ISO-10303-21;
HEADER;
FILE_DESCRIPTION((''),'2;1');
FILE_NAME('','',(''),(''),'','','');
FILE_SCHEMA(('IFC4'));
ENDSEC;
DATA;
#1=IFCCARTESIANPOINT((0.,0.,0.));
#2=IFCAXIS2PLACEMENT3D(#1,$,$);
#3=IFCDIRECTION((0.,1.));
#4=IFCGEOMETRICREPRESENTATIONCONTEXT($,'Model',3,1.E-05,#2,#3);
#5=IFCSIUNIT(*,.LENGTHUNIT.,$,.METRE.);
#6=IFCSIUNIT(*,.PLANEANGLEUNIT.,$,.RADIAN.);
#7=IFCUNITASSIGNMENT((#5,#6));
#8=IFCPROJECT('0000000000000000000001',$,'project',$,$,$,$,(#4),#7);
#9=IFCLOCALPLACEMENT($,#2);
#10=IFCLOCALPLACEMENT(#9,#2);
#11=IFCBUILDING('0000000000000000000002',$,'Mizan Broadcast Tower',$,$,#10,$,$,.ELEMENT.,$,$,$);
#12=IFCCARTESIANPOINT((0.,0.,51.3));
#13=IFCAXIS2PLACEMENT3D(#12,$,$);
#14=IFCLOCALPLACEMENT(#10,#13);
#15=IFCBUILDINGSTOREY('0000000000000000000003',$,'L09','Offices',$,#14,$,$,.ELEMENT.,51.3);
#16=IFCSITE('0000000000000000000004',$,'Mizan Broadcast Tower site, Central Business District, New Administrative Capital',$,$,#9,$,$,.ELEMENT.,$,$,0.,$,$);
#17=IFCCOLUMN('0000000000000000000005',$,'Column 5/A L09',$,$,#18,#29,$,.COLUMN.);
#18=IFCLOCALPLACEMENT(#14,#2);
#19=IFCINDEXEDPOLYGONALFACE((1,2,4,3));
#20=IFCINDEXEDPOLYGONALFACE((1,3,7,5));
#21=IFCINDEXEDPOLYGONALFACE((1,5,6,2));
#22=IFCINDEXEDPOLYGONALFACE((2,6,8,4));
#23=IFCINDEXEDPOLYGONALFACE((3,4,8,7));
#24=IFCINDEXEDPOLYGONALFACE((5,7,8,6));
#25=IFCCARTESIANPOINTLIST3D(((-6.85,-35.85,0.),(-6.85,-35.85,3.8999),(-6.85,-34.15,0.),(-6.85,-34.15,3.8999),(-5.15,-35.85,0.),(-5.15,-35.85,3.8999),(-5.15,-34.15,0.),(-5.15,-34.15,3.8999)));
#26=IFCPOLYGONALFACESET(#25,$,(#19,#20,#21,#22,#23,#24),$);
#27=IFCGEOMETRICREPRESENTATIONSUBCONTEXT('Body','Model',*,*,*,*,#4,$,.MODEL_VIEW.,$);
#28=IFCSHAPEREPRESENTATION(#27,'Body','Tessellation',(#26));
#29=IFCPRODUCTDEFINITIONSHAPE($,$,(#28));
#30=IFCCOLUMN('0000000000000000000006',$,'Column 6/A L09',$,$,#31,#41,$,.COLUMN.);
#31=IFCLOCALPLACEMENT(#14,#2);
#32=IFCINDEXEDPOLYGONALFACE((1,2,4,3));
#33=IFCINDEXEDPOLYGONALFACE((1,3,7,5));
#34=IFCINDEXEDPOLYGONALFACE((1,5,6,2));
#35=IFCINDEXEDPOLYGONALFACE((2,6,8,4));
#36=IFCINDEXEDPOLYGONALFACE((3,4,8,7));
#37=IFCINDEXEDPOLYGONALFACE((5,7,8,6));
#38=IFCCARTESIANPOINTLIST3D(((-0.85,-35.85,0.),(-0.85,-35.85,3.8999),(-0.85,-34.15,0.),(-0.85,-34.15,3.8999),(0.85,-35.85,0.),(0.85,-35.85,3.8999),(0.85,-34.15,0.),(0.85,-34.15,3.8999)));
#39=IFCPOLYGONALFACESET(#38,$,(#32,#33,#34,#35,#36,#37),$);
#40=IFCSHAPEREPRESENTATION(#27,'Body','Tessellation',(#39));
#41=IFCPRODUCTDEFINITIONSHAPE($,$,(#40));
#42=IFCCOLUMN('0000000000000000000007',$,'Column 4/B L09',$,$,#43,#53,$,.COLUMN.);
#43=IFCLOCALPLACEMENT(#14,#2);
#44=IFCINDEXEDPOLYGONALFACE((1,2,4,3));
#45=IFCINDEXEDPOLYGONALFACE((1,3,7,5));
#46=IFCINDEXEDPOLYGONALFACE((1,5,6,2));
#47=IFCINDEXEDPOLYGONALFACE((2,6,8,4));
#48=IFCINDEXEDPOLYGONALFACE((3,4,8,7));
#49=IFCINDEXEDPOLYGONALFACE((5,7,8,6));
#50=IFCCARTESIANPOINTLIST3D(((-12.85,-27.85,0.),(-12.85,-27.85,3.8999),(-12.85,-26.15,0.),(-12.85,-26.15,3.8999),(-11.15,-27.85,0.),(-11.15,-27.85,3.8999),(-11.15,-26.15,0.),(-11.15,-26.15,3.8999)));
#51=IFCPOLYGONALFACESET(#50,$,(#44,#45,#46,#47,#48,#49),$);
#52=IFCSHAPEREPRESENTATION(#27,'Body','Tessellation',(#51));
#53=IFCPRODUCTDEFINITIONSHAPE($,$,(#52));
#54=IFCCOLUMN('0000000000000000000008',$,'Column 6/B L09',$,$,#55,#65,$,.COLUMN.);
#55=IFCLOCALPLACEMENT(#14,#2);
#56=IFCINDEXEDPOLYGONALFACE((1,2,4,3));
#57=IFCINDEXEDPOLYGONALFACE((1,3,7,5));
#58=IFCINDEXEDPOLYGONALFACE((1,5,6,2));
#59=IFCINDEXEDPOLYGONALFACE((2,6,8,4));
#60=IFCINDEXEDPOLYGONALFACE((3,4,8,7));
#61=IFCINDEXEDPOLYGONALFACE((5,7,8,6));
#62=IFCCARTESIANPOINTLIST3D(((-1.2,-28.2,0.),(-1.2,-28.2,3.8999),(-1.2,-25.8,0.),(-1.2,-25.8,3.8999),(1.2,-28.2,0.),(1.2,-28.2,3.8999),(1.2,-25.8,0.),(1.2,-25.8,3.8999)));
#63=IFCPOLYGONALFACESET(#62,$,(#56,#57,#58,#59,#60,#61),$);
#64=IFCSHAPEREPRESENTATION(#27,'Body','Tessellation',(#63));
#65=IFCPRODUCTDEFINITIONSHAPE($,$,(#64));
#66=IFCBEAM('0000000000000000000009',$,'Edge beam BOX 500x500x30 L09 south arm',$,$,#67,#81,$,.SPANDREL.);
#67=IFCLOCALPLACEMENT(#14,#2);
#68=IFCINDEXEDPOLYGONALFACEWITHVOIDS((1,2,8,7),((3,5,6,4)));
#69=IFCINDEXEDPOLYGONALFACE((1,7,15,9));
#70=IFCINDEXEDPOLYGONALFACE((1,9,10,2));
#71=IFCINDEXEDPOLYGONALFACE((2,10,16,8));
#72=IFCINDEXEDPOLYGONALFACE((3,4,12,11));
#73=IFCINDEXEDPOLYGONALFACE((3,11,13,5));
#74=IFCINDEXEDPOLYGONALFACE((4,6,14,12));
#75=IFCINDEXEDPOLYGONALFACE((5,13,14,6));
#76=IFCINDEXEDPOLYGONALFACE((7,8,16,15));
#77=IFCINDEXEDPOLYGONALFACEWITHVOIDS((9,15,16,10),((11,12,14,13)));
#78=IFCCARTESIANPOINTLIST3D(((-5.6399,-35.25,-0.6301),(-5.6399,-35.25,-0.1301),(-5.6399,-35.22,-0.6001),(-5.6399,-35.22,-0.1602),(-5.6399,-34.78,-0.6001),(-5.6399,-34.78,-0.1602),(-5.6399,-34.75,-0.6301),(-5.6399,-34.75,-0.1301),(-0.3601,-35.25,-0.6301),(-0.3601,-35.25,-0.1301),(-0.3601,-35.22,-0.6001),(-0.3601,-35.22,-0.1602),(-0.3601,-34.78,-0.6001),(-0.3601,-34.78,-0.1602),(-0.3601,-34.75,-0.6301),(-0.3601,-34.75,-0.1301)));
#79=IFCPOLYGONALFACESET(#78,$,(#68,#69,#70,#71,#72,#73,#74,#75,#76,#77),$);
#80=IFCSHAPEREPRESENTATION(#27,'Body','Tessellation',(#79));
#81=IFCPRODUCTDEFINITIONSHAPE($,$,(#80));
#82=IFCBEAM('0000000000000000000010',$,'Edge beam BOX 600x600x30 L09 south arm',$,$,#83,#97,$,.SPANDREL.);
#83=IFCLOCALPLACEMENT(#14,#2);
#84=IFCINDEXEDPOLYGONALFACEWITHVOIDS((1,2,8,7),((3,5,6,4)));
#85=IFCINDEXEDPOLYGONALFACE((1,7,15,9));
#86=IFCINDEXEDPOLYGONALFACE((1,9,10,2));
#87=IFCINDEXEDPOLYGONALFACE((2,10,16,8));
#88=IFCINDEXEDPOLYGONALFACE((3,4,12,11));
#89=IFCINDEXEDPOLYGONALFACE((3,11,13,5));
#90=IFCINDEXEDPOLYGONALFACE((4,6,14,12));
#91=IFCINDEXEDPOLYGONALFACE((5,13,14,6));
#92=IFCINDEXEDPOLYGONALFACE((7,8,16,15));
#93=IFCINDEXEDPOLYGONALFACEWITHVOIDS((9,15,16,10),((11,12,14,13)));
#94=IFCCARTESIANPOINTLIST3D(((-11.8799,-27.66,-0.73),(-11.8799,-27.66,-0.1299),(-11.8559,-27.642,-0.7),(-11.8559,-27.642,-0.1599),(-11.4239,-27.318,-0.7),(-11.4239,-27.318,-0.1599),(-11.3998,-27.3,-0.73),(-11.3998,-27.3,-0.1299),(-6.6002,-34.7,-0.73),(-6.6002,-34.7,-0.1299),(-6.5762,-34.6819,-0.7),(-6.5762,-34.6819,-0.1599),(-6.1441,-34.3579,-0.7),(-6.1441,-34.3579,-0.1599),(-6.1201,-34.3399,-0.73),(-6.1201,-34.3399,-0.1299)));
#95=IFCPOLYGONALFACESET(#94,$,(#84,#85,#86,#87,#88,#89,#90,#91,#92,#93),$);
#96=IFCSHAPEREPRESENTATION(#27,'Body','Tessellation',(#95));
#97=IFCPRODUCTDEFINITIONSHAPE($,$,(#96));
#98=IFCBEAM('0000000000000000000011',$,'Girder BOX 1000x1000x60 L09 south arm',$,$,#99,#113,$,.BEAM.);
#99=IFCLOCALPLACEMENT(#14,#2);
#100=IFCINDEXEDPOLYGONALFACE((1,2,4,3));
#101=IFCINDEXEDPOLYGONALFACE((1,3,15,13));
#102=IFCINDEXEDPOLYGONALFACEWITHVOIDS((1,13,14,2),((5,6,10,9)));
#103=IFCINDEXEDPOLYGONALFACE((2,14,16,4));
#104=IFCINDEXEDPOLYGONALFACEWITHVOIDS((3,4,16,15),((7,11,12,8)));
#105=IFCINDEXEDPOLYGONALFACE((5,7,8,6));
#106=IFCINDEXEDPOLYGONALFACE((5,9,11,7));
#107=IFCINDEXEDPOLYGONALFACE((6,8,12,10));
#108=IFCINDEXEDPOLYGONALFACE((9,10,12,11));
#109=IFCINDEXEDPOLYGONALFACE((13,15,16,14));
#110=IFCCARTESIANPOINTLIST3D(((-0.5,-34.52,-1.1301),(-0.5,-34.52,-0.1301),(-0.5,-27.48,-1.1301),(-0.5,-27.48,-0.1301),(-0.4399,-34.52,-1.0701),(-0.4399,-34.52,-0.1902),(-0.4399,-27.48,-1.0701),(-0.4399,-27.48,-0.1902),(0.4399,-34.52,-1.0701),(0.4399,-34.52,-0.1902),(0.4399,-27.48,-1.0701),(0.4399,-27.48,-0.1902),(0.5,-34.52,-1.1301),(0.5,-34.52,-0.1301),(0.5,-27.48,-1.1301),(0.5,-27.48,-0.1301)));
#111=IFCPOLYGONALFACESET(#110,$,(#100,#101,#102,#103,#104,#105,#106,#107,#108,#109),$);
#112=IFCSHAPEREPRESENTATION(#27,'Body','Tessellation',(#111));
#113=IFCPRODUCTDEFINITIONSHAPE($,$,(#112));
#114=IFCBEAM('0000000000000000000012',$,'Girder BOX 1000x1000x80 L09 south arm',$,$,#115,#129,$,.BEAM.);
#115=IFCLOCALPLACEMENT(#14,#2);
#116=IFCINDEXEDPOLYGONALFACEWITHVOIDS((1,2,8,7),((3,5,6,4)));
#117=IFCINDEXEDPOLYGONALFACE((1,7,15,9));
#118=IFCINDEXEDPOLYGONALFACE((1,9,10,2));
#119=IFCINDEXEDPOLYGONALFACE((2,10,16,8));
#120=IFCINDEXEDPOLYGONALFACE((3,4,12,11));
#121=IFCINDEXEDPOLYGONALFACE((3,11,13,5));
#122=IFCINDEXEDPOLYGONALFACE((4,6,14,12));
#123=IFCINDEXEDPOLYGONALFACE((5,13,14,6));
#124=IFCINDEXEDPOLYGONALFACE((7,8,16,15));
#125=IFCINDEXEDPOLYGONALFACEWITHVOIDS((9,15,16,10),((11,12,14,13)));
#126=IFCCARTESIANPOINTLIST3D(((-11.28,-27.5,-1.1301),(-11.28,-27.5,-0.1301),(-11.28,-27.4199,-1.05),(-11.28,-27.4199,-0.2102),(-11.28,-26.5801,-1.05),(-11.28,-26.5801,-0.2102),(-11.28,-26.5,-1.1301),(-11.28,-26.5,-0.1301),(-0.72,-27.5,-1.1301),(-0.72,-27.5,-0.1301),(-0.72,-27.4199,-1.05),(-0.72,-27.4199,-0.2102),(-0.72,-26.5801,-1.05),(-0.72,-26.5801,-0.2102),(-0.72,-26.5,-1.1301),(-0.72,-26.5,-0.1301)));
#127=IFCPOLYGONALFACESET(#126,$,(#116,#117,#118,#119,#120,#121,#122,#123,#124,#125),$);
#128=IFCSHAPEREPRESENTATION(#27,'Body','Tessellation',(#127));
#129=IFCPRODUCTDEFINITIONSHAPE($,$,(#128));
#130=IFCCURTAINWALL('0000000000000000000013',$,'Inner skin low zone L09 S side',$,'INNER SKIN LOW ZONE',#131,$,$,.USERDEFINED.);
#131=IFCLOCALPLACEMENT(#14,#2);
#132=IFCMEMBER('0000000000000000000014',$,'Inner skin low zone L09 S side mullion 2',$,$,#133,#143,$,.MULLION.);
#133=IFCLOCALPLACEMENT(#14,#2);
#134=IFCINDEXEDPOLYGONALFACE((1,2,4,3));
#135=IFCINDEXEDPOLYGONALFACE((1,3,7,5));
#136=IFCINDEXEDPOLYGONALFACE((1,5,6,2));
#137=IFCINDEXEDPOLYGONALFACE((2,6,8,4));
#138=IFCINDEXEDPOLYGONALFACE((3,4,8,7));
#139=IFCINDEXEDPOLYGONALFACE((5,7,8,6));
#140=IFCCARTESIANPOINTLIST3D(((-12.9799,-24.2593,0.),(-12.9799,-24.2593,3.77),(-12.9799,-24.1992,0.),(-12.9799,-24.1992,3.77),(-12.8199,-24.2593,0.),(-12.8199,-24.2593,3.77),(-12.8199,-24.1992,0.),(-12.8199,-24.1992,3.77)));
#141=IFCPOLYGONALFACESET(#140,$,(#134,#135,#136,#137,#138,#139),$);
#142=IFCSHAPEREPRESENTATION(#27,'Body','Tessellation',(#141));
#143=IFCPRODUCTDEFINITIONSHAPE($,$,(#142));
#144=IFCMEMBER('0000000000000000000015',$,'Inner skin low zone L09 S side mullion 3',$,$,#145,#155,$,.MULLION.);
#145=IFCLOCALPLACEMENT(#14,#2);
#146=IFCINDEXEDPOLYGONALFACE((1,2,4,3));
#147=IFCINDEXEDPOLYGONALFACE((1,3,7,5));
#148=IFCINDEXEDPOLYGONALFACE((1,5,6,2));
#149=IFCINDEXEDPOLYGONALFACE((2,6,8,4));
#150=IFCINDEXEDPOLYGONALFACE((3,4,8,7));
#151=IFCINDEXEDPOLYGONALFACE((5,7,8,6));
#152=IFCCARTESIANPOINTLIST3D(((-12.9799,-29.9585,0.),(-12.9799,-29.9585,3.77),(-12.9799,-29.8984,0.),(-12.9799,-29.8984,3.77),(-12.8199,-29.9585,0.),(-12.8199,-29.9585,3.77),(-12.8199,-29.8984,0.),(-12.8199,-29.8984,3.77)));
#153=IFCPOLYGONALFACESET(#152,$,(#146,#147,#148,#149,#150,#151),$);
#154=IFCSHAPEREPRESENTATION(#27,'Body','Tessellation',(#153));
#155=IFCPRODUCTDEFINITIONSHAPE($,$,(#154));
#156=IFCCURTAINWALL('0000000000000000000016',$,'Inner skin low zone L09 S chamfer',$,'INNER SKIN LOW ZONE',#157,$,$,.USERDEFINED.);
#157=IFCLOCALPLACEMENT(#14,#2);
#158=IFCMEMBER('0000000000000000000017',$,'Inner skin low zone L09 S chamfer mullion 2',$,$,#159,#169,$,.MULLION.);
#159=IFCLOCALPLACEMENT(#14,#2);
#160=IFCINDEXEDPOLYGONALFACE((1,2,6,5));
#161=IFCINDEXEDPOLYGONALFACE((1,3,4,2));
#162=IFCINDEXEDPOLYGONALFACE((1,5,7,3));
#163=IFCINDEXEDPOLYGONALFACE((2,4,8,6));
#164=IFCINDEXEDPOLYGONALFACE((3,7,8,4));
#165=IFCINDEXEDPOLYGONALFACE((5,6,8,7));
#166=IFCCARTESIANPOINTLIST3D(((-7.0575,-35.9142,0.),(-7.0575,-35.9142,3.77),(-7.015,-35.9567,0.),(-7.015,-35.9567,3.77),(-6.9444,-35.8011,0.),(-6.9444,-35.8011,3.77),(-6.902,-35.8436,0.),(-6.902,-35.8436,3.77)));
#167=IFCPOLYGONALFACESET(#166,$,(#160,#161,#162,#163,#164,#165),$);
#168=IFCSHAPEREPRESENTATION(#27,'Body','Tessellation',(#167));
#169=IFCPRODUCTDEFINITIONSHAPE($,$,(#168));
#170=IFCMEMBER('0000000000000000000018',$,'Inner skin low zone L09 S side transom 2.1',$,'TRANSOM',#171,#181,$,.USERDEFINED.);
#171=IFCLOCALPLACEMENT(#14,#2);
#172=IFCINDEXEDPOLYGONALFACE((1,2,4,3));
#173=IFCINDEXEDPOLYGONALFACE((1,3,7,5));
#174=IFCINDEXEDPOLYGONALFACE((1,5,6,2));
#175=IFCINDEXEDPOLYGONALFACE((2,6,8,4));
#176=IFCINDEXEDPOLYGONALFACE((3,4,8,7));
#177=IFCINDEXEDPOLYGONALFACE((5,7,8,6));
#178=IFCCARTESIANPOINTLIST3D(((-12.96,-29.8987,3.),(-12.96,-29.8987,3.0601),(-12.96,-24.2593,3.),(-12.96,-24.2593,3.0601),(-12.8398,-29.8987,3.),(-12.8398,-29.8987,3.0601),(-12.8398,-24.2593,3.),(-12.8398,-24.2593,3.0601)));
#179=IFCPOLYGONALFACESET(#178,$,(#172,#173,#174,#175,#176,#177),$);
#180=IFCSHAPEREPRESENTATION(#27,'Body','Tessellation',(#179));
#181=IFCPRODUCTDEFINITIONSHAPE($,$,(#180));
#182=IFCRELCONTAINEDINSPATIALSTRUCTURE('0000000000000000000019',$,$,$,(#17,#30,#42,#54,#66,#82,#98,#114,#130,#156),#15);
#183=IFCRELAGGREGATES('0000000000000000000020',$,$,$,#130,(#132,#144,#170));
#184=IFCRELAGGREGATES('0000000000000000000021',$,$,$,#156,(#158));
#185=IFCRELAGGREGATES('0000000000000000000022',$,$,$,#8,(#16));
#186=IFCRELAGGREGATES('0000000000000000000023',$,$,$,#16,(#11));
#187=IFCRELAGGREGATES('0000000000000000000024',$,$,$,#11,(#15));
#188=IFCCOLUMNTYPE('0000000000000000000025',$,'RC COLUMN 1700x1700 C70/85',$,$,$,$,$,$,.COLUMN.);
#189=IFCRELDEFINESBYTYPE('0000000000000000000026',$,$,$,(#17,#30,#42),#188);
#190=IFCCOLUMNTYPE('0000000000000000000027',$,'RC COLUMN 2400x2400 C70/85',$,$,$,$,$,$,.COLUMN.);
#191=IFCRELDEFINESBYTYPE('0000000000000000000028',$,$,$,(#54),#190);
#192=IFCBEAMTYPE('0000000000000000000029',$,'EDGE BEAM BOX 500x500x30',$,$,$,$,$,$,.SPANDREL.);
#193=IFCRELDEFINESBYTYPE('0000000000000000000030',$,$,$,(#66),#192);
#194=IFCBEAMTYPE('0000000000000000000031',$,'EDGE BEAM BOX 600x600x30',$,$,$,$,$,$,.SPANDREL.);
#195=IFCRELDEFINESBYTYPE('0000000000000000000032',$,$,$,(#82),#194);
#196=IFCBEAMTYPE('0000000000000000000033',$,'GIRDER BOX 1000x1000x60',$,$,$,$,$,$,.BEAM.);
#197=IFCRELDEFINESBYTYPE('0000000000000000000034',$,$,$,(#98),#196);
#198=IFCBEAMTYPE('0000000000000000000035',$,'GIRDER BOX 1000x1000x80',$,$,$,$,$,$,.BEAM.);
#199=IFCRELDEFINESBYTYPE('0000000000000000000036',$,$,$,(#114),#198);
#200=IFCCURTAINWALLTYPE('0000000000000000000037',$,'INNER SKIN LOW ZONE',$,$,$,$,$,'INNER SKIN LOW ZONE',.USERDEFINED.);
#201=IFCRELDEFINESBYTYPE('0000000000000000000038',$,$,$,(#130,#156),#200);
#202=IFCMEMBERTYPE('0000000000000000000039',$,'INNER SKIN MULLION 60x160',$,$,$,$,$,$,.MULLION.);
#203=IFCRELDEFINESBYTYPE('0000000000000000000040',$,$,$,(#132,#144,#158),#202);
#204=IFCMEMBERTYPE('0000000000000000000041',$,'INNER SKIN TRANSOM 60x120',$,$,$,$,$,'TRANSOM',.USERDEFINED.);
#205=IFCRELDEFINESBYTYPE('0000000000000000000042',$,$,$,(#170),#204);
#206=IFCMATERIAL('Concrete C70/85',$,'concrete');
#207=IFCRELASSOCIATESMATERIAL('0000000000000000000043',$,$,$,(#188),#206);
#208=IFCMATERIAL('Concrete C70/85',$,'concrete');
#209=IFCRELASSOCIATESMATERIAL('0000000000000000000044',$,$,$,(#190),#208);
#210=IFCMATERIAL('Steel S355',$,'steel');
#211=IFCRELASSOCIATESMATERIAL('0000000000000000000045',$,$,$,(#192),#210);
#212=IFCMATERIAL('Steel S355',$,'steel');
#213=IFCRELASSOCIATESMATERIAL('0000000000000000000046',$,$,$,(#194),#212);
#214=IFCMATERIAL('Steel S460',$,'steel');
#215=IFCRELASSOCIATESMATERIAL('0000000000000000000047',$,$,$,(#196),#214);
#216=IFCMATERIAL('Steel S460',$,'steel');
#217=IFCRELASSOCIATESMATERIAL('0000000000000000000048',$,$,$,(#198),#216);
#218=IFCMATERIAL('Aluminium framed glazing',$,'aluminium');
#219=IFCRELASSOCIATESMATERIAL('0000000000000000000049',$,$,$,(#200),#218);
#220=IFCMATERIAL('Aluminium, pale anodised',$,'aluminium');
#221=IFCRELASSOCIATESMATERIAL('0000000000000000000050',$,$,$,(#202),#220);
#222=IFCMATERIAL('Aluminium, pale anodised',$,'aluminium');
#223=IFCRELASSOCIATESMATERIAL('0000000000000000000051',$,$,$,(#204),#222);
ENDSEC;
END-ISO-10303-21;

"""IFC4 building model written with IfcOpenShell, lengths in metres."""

from ifc_helpers import new_model, si_unit, direction, frame, origin, origin_2d, place, context, subcontext, project, spatial, rectangle, hollow_rectangle, extrude, material, material_profile, profile_set, type_object, element, aggregate, save


model = new_model("IFC4")

# Units and contexts
model_context = context("Model", 3, precision=1e-05, world=origin(), true_north=direction((0.0, 1.0)))
body_context = subcontext(model_context, "Body", "Model", "MODEL_VIEW")
ifc_project = project(units=[si_unit("LENGTHUNIT", "METRE"), si_unit("PLANEANGLEUNIT", "RADIAN")], contexts=[model_context])

# Site, building, storey
site_placement = place(None, origin())
site = spatial("IfcSite", under=ifc_project, at=site_placement, Name="Mizan Broadcast Tower site, Central Business District, New Administrative Capital", CompositionType="ELEMENT", RefElevation=0.0)
building_placement = place(site_placement, origin())
building = spatial("IfcBuilding", under=site, at=building_placement, Name="Mizan Broadcast Tower", CompositionType="ELEMENT")
storey_placement = place(building_placement, frame((0.0, 0.0, 51.3)))
storey = spatial("IfcBuildingStorey", under=building, at=storey_placement, Name="L09", Description="Offices", CompositionType="ELEMENT", Elevation=51.3)

# Columns
ifc_material_1 = material(Name="Concrete C70/85", Category="concrete")
ifc_material_profile_1 = material_profile(ifc_material_1, rectangle(XDim=1.7, YDim=1.7, at=origin_2d()), Name="RC 1700x1700")
ifc_profile_set_1 = profile_set([ifc_material_profile_1], Name="Concrete C70/85")
column_type_1 = type_object("IfcColumnType", Name="RC COLUMN 1700x1700 C70/85", PredefinedType="COLUMN", material=ifc_profile_set_1)
for number, where, z_axis, x_axis, name in (
    (1, (-6.0, -35.0, 0.0), (0.0, 0.0, 1.0), (1.0, 0.0, 0.0), "Column 5/A L09"),
    (2, (0.0, -35.0, 0.0), (0.0, 0.0, 1.0), (1.0, 0.0, 0.0), "Column 6/A L09"),
    (3, (-12.0, -27.0, 0.0), (0.0, 0.0, 1.0), (1.0, 0.0, 0.0), "Column 4/B L09"),
):
    element("IfcColumn", number, at=place(storey_placement, frame(where, z_axis=z_axis, x_axis=x_axis)), inside=storey, type_object=column_type_1, Name=name, PredefinedType="COLUMN", context=body_context, shape_type="SweptSolid", body=[
        extrude(rectangle(XDim=1.7, YDim=1.7, at=origin_2d()), origin(), (0.0, 0.0, 1.0), 3.8999),
    ])
ifc_material_2 = material(Name="Concrete C70/85", Category="concrete")
ifc_material_profile_2 = material_profile(ifc_material_2, rectangle(XDim=2.3999, YDim=2.3999, at=origin_2d()), Name="RC 2400x2400")
ifc_profile_set_2 = profile_set([ifc_material_profile_2], Name="Concrete C70/85")
column_type_2 = type_object("IfcColumnType", Name="RC COLUMN 2400x2400 C70/85", PredefinedType="COLUMN", material=ifc_profile_set_2)
column_placement = place(storey_placement, frame((0.0, -27.0, 0.0), z_axis=(0.0, 0.0, 1.0), x_axis=(1.0, 0.0, 0.0)))
element("IfcColumn", 4, at=column_placement, inside=storey, type_object=column_type_2, Name="Column 6/B L09", PredefinedType="COLUMN", context=body_context, shape_type="SweptSolid", body=[
    extrude(rectangle(XDim=2.3999, YDim=2.3999, at=origin_2d()), origin(), (0.0, 0.0, 1.0), 3.8999),
])

# Beams
ifc_material_3 = material(Name="Steel S355", Category="steel")
ifc_material_profile_3 = material_profile(ifc_material_3, hollow_rectangle(XDim=0.5, YDim=0.5, WallThickness=0.03, at=origin_2d()), Name="BOX 500x500x30")
ifc_profile_set_3 = profile_set([ifc_material_profile_3], Name="Steel S355")
beam_type_1 = type_object("IfcBeamType", Name="EDGE BEAM BOX 500x500x30", PredefinedType="SPANDREL", material=ifc_profile_set_3)
beam_1_placement = place(storey_placement, frame((-5.6399, -35.0, -0.3801), z_axis=(1.0, 0.0, 0.0), x_axis=(0.0, 1.0, 0.0)))
element("IfcBeam", 5, at=beam_1_placement, inside=storey, type_object=beam_type_1, Name="Edge beam BOX 500x500x30 L09 south arm", PredefinedType="SPANDREL", context=body_context, shape_type="SweptSolid", body=[
    extrude(hollow_rectangle(XDim=0.5, YDim=0.5, WallThickness=0.03, at=origin_2d()), origin(), (0.0, 0.0, 1.0), 5.2798),
])
ifc_material_4 = material(Name="Steel S355", Category="steel")
ifc_material_profile_4 = material_profile(ifc_material_4, hollow_rectangle(XDim=0.6001, YDim=0.6001, WallThickness=0.03, at=origin_2d()), Name="BOX 600x600x30")
ifc_profile_set_4 = profile_set([ifc_material_profile_4], Name="Steel S355")
beam_type_2 = type_object("IfcBeamType", Name="EDGE BEAM BOX 600x600x30", PredefinedType="SPANDREL", material=ifc_profile_set_4)
beam_2_placement = place(storey_placement, frame((-11.6399, -27.48, -0.4299), z_axis=(0.599982, -0.800013, 0.0), x_axis=(0.800013, 0.599982, 0.0)))
element("IfcBeam", 6, at=beam_2_placement, inside=storey, type_object=beam_type_2, Name="Edge beam BOX 600x600x30 L09 south arm", PredefinedType="SPANDREL", context=body_context, shape_type="SweptSolid", body=[
    extrude(hollow_rectangle(XDim=0.6001, YDim=0.6001, WallThickness=0.03, at=origin_2d()), origin(), (0.0, 0.0, 1.0), 8.7998),
])
ifc_material_5 = material(Name="Steel S460", Category="steel")
ifc_material_profile_5 = material_profile(ifc_material_5, hollow_rectangle(XDim=1.0, YDim=1.0, WallThickness=0.0601, at=origin_2d()), Name="BOX 1000x1000x60")
ifc_profile_set_5 = profile_set([ifc_material_profile_5], Name="Steel S460")
beam_type_3 = type_object("IfcBeamType", Name="GIRDER BOX 1000x1000x60", PredefinedType="BEAM", material=ifc_profile_set_5)
beam_3_placement = place(storey_placement, frame((0.0, -27.48, -0.6301), z_axis=(0.0, -1.0, 0.0), x_axis=(1.0, 0.0, 0.0)))
element("IfcBeam", 7, at=beam_3_placement, inside=storey, type_object=beam_type_3, Name="Girder BOX 1000x1000x60 L09 south arm", PredefinedType="BEAM", context=body_context, shape_type="SweptSolid", body=[
    extrude(hollow_rectangle(XDim=1.0, YDim=1.0, WallThickness=0.0601, at=origin_2d()), origin(), (0.0, 0.0, 1.0), 7.04),
])
ifc_material_6 = material(Name="Steel S460", Category="steel")
ifc_material_profile_6 = material_profile(ifc_material_6, hollow_rectangle(XDim=1.0, YDim=1.0, WallThickness=0.0801, at=origin_2d()), Name="BOX 1000x1000x80")
ifc_profile_set_6 = profile_set([ifc_material_profile_6], Name="Steel S460")
beam_type_4 = type_object("IfcBeamType", Name="GIRDER BOX 1000x1000x80", PredefinedType="BEAM", material=ifc_profile_set_6)
beam_4_placement = place(storey_placement, frame((-11.28, -27.0, -0.6301), z_axis=(1.0, 0.0, 0.0), x_axis=(0.0, 1.0, 0.0)))
element("IfcBeam", 8, at=beam_4_placement, inside=storey, type_object=beam_type_4, Name="Girder BOX 1000x1000x80 L09 south arm", PredefinedType="BEAM", context=body_context, shape_type="SweptSolid", body=[
    extrude(hollow_rectangle(XDim=1.0, YDim=1.0, WallThickness=0.0801, at=origin_2d()), origin(), (0.0, 0.0, 1.0), 10.5601),
])

# Curtain wall, members
ifc_material_7 = material(Name="Aluminium framed glazing", Category="aluminium")
curtain_wall_type_1 = type_object("IfcCurtainWallType", Name="INNER SKIN LOW ZONE", ElementType="INNER SKIN LOW ZONE", PredefinedType="USERDEFINED", material=ifc_material_7)
curtain_wall_1_placement = place(storey_placement, origin())
curtain_wall_1 = element("IfcCurtainWall", 9, at=curtain_wall_1_placement, inside=storey, type_object=curtain_wall_type_1, Name="Inner skin low zone L09 S side", ObjectType="INNER SKIN LOW ZONE", PredefinedType="USERDEFINED")
ifc_material_8 = material(Name="Aluminium, pale anodised", Category="aluminium")
ifc_material_profile_7 = material_profile(ifc_material_8, rectangle(XDim=0.1599, YDim=0.0601, at=origin_2d()), Name="MULLION 160x60")
ifc_profile_set_7 = profile_set([ifc_material_profile_7], Name="Aluminium, pale anodised")
member_type_1 = type_object("IfcMemberType", Name="INNER SKIN MULLION 60x160", PredefinedType="MULLION", material=ifc_profile_set_7)
member_1_placement = place(storey_placement, frame((-12.8999, -24.2292, 0.0), z_axis=(0.0, 0.0, 1.0), x_axis=(1.0, 0.0, 0.0)))
member_1 = element("IfcMember", 10, at=member_1_placement, type_object=member_type_1, Name="Inner skin low zone L09 S side mullion 2", PredefinedType="MULLION", context=body_context, shape_type="SweptSolid", body=[
    extrude(rectangle(XDim=0.1599, YDim=0.0601, at=origin_2d()), origin(), (0.0, 0.0, 1.0), 3.77),
])
member_2_placement = place(storey_placement, frame((-12.8999, -29.9285, 0.0), z_axis=(0.0, 0.0, 1.0), x_axis=(1.0, 0.0, 0.0)))
member_2 = element("IfcMember", 11, at=member_2_placement, type_object=member_type_1, Name="Inner skin low zone L09 S side mullion 3", PredefinedType="MULLION", context=body_context, shape_type="SweptSolid", body=[
    extrude(rectangle(XDim=0.1599, YDim=0.0601, at=origin_2d()), origin(), (0.0, 0.0, 1.0), 3.77),
])

# Curtain wall, member
curtain_wall_2_placement = place(storey_placement, origin())
curtain_wall_2 = element("IfcCurtainWall", 12, at=curtain_wall_2_placement, inside=storey, type_object=curtain_wall_type_1, Name="Inner skin low zone L09 S chamfer", ObjectType="INNER SKIN LOW ZONE", PredefinedType="USERDEFINED")
member_3_placement = place(storey_placement, frame((-6.9797, -35.8789, 0.0), z_axis=(0.0, 0.0, 1.0), x_axis=(0.707107, 0.707107, 0.0)))
member_3 = element("IfcMember", 13, at=member_3_placement, type_object=member_type_1, Name="Inner skin low zone L09 S chamfer mullion 2", PredefinedType="MULLION", context=body_context, shape_type="SweptSolid", body=[
    extrude(rectangle(XDim=0.1599, YDim=0.0601, at=origin_2d()), origin(), (0.0, 0.0, 1.0), 3.77),
])

# Member
ifc_material_9 = material(Name="Aluminium, pale anodised", Category="aluminium")
ifc_material_profile_8 = material_profile(ifc_material_9, rectangle(XDim=0.1201, YDim=0.0601, at=origin_2d()), Name="TRANSOM 120x60")
ifc_profile_set_8 = profile_set([ifc_material_profile_8], Name="Aluminium, pale anodised")
member_type_2 = type_object("IfcMemberType", Name="INNER SKIN TRANSOM 60x120", ElementType="TRANSOM", PredefinedType="USERDEFINED", material=ifc_profile_set_8)
member_4_placement = place(storey_placement, frame((-12.8999, -24.2593, 3.03), z_axis=(0.0, -1.0, 0.0), x_axis=(1.0, 0.0, 0.0)))
member_4 = element("IfcMember", 14, at=member_4_placement, type_object=member_type_2, Name="Inner skin low zone L09 S side transom 2.1", ObjectType="TRANSOM", PredefinedType="USERDEFINED", context=body_context, shape_type="SweptSolid", body=[
    extrude(rectangle(XDim=0.1201, YDim=0.0601, at=origin_2d()), origin(), (0.0, 0.0, 1.0), 5.6394),
])

aggregate(curtain_wall_1, [member_1, member_2, member_4])
aggregate(curtain_wall_2, [member_3])

save(model, "model.ifc")
